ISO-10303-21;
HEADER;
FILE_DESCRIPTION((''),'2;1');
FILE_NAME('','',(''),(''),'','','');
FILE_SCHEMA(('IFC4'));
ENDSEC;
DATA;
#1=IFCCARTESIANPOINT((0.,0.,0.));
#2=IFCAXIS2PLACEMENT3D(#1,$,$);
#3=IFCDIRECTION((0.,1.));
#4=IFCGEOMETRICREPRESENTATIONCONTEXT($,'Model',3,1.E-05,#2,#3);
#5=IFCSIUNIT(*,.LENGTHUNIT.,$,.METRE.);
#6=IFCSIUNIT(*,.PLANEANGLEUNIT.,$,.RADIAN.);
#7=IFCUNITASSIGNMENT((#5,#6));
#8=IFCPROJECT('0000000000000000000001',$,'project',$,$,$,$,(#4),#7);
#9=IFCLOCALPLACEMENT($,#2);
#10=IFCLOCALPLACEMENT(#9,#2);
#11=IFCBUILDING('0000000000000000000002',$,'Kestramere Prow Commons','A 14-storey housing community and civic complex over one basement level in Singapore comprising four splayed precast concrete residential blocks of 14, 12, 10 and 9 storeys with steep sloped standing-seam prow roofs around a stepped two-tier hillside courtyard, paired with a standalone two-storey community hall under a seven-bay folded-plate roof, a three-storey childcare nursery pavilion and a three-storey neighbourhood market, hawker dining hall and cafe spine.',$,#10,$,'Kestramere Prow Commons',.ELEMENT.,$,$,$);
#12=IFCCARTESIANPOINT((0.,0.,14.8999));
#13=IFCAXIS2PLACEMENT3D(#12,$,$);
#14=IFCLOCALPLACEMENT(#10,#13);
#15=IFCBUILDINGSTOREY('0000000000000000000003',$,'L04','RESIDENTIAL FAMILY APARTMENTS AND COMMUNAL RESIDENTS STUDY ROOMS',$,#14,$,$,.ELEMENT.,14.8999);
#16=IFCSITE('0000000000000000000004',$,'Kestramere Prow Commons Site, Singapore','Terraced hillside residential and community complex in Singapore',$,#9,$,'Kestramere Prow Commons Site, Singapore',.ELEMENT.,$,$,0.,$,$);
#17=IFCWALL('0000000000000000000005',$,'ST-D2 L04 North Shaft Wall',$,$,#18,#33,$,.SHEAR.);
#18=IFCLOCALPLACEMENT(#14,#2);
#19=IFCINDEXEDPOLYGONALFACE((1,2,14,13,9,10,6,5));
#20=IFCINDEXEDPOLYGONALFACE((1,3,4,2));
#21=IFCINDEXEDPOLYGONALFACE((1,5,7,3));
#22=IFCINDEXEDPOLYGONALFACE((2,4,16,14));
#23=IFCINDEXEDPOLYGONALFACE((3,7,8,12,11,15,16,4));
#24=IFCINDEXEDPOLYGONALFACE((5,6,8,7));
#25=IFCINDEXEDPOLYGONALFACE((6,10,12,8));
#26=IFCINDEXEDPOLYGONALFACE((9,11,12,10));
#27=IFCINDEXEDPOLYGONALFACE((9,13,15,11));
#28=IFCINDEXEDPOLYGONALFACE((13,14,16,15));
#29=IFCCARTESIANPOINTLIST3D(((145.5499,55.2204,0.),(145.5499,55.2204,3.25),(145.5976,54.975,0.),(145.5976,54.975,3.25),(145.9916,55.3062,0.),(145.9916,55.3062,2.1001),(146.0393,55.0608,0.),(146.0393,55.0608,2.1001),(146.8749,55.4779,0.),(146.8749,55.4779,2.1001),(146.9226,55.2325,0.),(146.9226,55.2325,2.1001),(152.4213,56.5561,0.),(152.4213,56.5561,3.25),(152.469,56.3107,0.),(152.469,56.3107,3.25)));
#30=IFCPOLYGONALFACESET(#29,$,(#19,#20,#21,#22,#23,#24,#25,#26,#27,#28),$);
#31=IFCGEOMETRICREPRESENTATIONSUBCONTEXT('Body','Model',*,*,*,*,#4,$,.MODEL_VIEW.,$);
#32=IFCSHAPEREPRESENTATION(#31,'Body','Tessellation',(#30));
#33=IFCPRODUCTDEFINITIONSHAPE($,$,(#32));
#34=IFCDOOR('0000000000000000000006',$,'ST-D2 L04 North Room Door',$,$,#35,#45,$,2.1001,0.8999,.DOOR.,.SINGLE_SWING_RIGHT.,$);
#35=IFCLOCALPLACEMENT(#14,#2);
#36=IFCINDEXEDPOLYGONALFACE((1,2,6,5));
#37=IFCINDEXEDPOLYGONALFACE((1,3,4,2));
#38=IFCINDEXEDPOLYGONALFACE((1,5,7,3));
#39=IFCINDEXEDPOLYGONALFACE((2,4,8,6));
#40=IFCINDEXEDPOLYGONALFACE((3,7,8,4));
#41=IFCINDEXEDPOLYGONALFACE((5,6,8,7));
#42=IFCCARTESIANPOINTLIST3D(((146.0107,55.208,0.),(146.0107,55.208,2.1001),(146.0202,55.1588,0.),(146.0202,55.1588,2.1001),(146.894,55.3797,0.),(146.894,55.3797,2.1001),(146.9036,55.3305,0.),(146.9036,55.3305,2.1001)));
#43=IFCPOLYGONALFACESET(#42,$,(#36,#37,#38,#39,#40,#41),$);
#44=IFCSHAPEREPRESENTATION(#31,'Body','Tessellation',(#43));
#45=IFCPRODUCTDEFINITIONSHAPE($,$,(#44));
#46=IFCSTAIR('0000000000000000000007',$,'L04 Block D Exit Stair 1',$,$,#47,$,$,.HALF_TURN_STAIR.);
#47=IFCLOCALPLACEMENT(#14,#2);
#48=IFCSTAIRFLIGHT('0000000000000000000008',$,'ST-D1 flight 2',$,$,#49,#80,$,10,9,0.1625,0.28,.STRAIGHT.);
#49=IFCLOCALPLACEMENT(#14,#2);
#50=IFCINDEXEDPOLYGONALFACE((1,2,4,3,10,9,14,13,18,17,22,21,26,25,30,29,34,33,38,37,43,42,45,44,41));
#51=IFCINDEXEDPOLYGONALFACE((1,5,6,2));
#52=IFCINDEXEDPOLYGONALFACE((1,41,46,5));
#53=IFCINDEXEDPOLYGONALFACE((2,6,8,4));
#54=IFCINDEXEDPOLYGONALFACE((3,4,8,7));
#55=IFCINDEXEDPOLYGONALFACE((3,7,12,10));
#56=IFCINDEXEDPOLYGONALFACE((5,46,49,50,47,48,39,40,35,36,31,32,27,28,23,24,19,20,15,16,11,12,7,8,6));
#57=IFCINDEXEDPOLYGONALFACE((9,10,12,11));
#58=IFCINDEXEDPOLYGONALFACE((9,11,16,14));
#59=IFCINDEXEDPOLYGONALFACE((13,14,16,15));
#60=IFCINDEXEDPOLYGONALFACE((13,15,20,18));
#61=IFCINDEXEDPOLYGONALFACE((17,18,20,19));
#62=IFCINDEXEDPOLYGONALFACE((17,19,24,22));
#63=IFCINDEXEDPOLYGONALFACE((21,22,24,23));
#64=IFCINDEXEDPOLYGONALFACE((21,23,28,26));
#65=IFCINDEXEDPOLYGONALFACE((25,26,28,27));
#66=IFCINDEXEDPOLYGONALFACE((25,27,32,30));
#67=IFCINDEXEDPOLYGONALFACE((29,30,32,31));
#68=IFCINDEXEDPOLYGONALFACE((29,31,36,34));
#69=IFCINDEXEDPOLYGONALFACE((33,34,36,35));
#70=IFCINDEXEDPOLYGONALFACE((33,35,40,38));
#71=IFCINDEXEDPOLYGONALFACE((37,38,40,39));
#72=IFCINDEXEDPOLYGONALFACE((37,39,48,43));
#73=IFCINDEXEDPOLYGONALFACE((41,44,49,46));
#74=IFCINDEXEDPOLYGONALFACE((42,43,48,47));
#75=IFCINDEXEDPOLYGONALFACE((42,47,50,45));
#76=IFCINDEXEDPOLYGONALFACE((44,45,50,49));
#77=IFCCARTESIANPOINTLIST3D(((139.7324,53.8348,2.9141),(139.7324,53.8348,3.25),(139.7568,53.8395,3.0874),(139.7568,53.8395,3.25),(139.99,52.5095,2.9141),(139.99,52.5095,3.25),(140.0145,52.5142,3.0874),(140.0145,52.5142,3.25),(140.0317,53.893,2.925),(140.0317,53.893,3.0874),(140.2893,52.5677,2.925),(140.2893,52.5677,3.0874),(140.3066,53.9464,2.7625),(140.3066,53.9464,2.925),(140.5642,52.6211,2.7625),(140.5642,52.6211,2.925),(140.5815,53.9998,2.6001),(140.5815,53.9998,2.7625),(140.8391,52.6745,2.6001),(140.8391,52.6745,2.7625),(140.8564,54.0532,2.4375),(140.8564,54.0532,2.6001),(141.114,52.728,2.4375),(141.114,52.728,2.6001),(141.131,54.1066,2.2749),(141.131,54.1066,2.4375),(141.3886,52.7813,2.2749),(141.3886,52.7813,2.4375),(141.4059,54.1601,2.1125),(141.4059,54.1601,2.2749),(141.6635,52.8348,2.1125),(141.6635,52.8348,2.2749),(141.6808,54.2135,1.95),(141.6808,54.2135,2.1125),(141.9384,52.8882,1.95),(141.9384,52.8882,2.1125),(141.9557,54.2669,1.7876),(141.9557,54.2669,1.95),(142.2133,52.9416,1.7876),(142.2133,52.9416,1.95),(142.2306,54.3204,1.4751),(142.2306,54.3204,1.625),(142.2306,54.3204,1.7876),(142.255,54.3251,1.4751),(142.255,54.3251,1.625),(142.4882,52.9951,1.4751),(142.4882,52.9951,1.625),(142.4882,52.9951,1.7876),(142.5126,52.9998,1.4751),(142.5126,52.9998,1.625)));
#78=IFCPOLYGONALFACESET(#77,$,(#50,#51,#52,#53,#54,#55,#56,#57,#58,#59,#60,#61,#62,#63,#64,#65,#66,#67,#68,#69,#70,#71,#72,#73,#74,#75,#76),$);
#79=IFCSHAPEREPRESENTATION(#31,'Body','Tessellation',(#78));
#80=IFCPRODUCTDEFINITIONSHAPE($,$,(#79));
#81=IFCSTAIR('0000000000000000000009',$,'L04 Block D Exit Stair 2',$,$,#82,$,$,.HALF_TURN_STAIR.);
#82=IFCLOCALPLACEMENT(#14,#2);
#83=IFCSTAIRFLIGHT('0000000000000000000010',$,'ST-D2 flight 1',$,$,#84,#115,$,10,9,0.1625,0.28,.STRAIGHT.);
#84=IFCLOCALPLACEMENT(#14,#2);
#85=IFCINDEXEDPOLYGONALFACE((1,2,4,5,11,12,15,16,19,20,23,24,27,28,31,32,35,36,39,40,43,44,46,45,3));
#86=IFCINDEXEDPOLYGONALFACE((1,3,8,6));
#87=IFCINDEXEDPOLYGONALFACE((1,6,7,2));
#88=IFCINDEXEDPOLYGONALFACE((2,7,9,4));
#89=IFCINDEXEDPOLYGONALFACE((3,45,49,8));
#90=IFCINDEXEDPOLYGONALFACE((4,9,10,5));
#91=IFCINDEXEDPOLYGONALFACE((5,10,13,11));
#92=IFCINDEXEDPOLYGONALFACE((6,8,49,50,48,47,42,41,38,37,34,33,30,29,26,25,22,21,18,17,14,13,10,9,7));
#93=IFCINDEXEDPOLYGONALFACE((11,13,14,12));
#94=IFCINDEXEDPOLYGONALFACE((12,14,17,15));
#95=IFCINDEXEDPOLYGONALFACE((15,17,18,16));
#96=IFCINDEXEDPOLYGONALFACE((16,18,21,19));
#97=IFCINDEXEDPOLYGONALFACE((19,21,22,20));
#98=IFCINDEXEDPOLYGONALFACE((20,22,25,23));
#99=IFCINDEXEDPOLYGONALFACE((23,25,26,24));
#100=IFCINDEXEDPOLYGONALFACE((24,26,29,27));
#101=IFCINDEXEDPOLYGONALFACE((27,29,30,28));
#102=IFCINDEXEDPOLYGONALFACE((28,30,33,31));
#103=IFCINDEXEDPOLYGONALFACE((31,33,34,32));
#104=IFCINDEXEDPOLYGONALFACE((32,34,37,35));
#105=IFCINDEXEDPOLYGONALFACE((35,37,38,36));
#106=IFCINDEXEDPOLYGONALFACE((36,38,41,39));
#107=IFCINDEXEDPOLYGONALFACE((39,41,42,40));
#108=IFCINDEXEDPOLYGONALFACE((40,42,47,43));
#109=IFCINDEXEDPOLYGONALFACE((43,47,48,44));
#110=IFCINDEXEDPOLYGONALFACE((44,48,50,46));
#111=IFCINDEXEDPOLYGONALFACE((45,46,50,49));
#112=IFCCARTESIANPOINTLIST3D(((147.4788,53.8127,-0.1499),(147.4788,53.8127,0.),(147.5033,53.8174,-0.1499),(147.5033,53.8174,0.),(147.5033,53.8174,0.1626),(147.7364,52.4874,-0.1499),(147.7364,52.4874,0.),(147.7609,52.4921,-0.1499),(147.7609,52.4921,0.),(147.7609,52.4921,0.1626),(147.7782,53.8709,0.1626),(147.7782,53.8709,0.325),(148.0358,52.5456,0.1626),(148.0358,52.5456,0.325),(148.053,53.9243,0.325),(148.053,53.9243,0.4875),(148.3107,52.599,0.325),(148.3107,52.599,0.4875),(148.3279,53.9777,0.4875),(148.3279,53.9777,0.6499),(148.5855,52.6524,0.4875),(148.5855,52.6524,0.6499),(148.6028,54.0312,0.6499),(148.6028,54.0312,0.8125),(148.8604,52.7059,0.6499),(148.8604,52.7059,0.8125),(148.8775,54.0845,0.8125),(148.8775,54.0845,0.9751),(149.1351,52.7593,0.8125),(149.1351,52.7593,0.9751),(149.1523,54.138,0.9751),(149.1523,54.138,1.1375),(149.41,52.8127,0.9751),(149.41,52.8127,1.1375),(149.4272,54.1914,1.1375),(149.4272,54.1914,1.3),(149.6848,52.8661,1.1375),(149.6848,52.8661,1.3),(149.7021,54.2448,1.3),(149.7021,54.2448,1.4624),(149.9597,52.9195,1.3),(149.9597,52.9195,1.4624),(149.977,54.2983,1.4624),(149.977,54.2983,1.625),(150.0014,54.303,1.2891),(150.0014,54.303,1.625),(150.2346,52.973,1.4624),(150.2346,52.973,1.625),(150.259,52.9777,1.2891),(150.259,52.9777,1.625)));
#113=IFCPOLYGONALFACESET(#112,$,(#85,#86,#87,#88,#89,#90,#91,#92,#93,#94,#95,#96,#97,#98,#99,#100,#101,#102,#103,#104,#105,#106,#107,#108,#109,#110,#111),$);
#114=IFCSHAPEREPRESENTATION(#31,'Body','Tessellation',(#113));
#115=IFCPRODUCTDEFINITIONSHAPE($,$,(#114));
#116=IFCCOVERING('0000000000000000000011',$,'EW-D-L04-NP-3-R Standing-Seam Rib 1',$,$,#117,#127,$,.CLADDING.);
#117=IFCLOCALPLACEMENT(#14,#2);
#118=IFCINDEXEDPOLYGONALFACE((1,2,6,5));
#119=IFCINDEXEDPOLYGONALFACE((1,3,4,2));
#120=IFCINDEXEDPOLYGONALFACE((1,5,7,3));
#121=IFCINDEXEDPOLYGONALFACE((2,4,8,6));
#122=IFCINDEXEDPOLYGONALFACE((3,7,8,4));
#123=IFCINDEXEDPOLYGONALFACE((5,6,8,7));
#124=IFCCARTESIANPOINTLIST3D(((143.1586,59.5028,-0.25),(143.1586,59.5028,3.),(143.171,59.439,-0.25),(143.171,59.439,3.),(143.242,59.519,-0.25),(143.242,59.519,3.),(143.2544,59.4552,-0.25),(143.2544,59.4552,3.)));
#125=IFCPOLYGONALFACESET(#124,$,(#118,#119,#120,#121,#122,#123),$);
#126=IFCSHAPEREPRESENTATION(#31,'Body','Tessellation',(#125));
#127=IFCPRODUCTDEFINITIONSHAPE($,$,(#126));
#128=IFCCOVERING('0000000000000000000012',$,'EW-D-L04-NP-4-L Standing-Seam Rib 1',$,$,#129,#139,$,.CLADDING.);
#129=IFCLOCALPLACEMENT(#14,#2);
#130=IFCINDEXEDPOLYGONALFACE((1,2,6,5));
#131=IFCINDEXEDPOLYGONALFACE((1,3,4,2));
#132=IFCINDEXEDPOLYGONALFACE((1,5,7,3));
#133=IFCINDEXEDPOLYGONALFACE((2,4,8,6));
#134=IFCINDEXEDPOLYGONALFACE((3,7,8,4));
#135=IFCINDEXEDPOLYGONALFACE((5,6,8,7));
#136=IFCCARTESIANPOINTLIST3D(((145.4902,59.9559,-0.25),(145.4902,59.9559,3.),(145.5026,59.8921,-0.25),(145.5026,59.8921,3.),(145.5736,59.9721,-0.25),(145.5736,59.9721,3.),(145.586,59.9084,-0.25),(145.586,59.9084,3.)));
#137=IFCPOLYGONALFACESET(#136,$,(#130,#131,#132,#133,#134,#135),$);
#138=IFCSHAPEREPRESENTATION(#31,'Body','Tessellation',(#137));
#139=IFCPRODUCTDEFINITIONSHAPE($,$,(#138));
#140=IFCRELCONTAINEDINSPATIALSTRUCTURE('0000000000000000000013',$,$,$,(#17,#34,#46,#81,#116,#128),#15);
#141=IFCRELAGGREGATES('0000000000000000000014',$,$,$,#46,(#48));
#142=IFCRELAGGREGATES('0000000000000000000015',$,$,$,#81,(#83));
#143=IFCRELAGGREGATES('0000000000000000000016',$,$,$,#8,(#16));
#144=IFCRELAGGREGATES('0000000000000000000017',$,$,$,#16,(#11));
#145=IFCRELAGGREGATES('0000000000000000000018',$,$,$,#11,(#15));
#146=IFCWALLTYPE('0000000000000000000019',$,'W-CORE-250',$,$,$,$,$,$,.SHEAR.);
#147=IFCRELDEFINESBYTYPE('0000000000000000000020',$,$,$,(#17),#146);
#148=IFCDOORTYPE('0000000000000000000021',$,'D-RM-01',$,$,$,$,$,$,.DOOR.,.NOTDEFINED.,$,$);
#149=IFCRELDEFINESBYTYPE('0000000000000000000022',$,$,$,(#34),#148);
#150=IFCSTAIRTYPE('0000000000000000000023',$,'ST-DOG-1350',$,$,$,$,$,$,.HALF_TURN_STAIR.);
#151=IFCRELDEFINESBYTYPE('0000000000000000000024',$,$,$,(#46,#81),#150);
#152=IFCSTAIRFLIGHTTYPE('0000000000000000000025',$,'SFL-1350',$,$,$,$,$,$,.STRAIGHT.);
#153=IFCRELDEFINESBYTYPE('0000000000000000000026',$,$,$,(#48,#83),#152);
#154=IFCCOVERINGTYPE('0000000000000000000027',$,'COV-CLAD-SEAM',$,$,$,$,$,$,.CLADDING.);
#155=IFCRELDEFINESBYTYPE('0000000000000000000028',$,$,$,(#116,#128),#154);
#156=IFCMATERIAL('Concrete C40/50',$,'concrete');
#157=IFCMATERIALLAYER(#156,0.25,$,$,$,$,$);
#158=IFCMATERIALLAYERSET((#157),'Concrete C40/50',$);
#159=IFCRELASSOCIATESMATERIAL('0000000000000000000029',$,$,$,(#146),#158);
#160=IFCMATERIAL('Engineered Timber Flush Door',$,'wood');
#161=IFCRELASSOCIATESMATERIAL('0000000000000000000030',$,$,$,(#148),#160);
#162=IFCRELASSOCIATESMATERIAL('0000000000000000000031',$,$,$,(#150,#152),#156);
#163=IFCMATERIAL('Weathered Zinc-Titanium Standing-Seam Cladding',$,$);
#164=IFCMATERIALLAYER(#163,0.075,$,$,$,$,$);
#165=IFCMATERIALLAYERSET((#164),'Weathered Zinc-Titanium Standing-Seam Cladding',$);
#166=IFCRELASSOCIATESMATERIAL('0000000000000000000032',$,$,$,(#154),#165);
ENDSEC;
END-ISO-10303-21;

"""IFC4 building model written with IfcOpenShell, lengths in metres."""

from ifc_helpers import new_model, si_unit, direction, frame, frame_2d, origin, origin_2d, place, context, subcontext, project, spatial, polyline, rectangle, outline, extrude, material, layer, layer_set, type_object, element, fill, aggregate, save


model = new_model("IFC4")

# Units and contexts
model_context = context("Model", 3, precision=1e-05, world=origin(), true_north=direction((0.0, 1.0)))
body_context = subcontext(model_context, "Body", "Model", "MODEL_VIEW")
ifc_project = project(units=[si_unit("LENGTHUNIT", "METRE"), si_unit("PLANEANGLEUNIT", "RADIAN")], contexts=[model_context])

# Site, building, storey
site_placement = place(None, origin())
site = spatial("IfcSite", under=ifc_project, at=site_placement, Name="Kestramere Prow Commons Site, Singapore", Description="Terraced hillside residential and community complex in Singapore", LongName="Kestramere Prow Commons Site, Singapore", CompositionType="ELEMENT", RefElevation=0.0)
building_placement = place(site_placement, origin())
building = spatial("IfcBuilding", under=site, at=building_placement, Name="Kestramere Prow Commons", Description="A 14-storey housing community and civic complex over one basement level in Singapore comprising four splayed precast concrete residential blocks of 14, 12, 10 and 9 storeys with steep sloped standing-seam prow roofs around a stepped two-tier hillside courtyard, paired with a standalone two-storey community hall under a seven-bay folded-plate roof, a three-storey childcare nursery pavilion and a three-storey neighbourhood market, hawker dining hall and cafe spine.", LongName="Kestramere Prow Commons", CompositionType="ELEMENT")
storey_placement = place(building_placement, frame((0.0, 0.0, 14.8999)))
storey = spatial("IfcBuildingStorey", under=building, at=storey_placement, Name="L04", Description="RESIDENTIAL FAMILY APARTMENTS AND COMMUNAL RESIDENTS STUDY ROOMS", CompositionType="ELEMENT", Elevation=14.8999)

# Wall, opening, door
ifc_material_1 = material(Name="Concrete C40/50", Category="concrete")
ifc_layer_1 = layer(ifc_material_1, 0.25)
ifc_layer_set_1 = layer_set([ifc_layer_1], Name="Concrete C40/50")
wall_type_1 = type_object("IfcWallType", Name="W-CORE-250", PredefinedType="SHEAR", material=ifc_layer_set_1)
wall_1_placement = place(storey_placement, frame((145.5737, 55.0977, 0.0), z_axis=(0.0, 0.0, 1.0), x_axis=(0.981626, 0.190815, 0.0)))
wall_1 = element("IfcWall", 1, at=wall_1_placement, inside=storey, type_object=wall_type_1, Name="ST-D2 L04 North Shaft Wall", PredefinedType="SHEAR", context=body_context, shape_type="SweptSolid", body=[
    extrude(rectangle(XDim=7.0, YDim=0.25, at=frame_2d((3.5, 0.0))), origin(), (0.0, 0.0, 1.0), 3.25),
])
opening_placement = place(wall_1_placement, frame((0.45, 0.0, 0.0)))
opening = element("IfcOpeningElement", 2, at=opening_placement, cuts=wall_1, PredefinedType="OPENING", context=body_context, shape_type="SweptSolid", body=[
    extrude(rectangle(XDim=0.8999, YDim=2.1001, at=frame_2d((0.45, 1.05))), frame((0.0, 0.1399, 0.0), z_axis=(0.0, -1.0, 0.0), x_axis=(1.0, 0.0, 0.0)), (0.0, 0.0, 1.0), 0.28),
])
ifc_material_2 = material(Name="Engineered Timber Flush Door", Category="wood")
door_type = type_object("IfcDoorType", Name="D-RM-01", OperationType="NOTDEFINED", PredefinedType="DOOR", material=ifc_material_2)
door_placement = place(opening_placement, origin())
door = element("IfcDoor", 3, at=door_placement, inside=storey, type_object=door_type, Name="ST-D2 L04 North Room Door", OperationType="SINGLE_SWING_RIGHT", OverallHeight=2.1001, OverallWidth=0.8999, PredefinedType="DOOR", context=body_context, shape_type="SweptSolid", body=[
    extrude(rectangle(XDim=0.8999, YDim=2.1001, at=frame_2d((0.45, 1.05))), frame((0.0, 0.0249, 0.0), z_axis=(0.0, -1.0, 0.0), x_axis=(1.0, 0.0, 0.0)), (0.0, 0.0, 1.0), 0.05),
])
fill(opening, door)

# Stairs, stair flights
stair_type = type_object("IfcStairType", Name="ST-DOG-1350", PredefinedType="HALF_TURN_STAIR", material=ifc_material_1)
stair_1_placement = place(storey_placement, origin())
stair_1 = element("IfcStair", 4, at=stair_1_placement, inside=storey, type_object=stair_type, Name="L04 Block D Exit Stair 1", PredefinedType="HALF_TURN_STAIR")
stair_flight_type = type_object("IfcStairFlightType", Name="SFL-1350", PredefinedType="STRAIGHT", material=ifc_material_1)
stair_flight_1_placement = place(storey_placement, frame((142.3594, 53.6577, 1.625), z_axis=(0.0, 0.0, 1.0), x_axis=(-0.981627, -0.190809, 0.0)))
stair_flight_1 = element("IfcStairFlight", 5, at=stair_flight_1_placement, type_object=stair_flight_type, Name="ST-D1 flight 2", NumberOfRisers=10, NumberOfTreads=9, PredefinedType="STRAIGHT", RiserHeight=0.1625, TreadLength=0.28, context=body_context, shape_type="SweptSolid", body=[
    extrude(outline(polyline([(-0.0249, 0.0), (0.0, 0.0), (0.0, 0.1626), (0.28, 0.1626), (0.28, 0.325), (0.5601, 0.325), (0.5601, 0.4875), (0.8401, 0.4875), (0.8401, 0.6499), (1.1201, 0.6499), (1.1201, 0.8125), (1.3999, 0.8125), (1.3999, 0.9751), (1.6799, 0.9751), (1.6799, 1.1375), (1.96, 1.1375), (1.96, 1.3), (2.24, 1.3), (2.24, 1.4624), (2.52, 1.4624), (2.52, 1.625), (2.5449, 1.625), (2.5449, 1.2891), (0.0, -0.1499), (-0.0249, -0.1499), (-0.0249, 0.0)])), frame((0.0, 0.675, 0.0), z_axis=(0.0, -1.0, 0.0), x_axis=(1.0, 0.0, 0.0)), (0.0, 0.0, 1.0), 1.3501),
])
aggregate(stair_1, [stair_flight_1])
stair_2_placement = place(storey_placement, origin())
stair_2 = element("IfcStair", 6, at=stair_2_placement, inside=storey, type_object=stair_type, Name="L04 Block D Exit Stair 2", PredefinedType="HALF_TURN_STAIR")
stair_flight_2_placement = place(storey_placement, frame((147.6321, 53.1548, 0.0), z_axis=(0.0, 0.0, 1.0), x_axis=(0.981627, 0.190809, 0.0)))
stair_flight_2 = element("IfcStairFlight", 7, at=stair_flight_2_placement, type_object=stair_flight_type, Name="ST-D2 flight 1", NumberOfRisers=10, NumberOfTreads=9, PredefinedType="STRAIGHT", RiserHeight=0.1625, TreadLength=0.28, context=body_context, shape_type="SweptSolid", body=[
    extrude(outline(polyline([(-0.0249, 0.0), (0.0, 0.0), (0.0, 0.1626), (0.28, 0.1626), (0.28, 0.325), (0.5601, 0.325), (0.5601, 0.4875), (0.8401, 0.4875), (0.8401, 0.6499), (1.1201, 0.6499), (1.1201, 0.8125), (1.3999, 0.8125), (1.3999, 0.9751), (1.6799, 0.9751), (1.6799, 1.1375), (1.96, 1.1375), (1.96, 1.3), (2.24, 1.3), (2.24, 1.4624), (2.52, 1.4624), (2.52, 1.625), (2.5449, 1.625), (2.5449, 1.2891), (0.0, -0.1499), (-0.0249, -0.1499), (-0.0249, 0.0)])), frame((0.0, 0.675, 0.0), z_axis=(0.0, -1.0, 0.0), x_axis=(1.0, 0.0, 0.0)), (0.0, 0.0, 1.0), 1.3501),
])
aggregate(stair_2, [stair_flight_2])

# Coverings
ifc_material_3 = material(Name="Weathered Zinc-Titanium Standing-Seam Cladding")
ifc_layer_2 = layer(ifc_material_3, 0.075)
ifc_layer_set_2 = layer_set([ifc_layer_2], Name="Weathered Zinc-Titanium Standing-Seam Cladding")
covering_type = type_object("IfcCoveringType", Name="COV-CLAD-SEAM", PredefinedType="CLADDING", material=ifc_layer_set_2)
for number, where, z_axis, x_axis, name in (
    (8, (143.2065, 59.479, -0.25), (0.0, 0.0, 1.0), (0.981627, 0.190809, 0.0), "EW-D-L04-NP-3-R Standing-Seam Rib 1"),
    (9, (145.5381, 59.9321, -0.25), (0.0, 0.0, 1.0), (0.981627, 0.190809, 0.0), "EW-D-L04-NP-4-L Standing-Seam Rib 1"),
):
    element("IfcCovering", number, at=place(storey_placement, frame(where, z_axis=z_axis, x_axis=x_axis)), inside=storey, type_object=covering_type, Name=name, PredefinedType="CLADDING", context=body_context, shape_type="SweptSolid", body=[
        extrude(rectangle(XDim=0.085, YDim=0.0649, at=origin_2d()), origin(), (0.0, 0.0, 1.0), 3.25),
    ])

save(model, "model.ifc")
